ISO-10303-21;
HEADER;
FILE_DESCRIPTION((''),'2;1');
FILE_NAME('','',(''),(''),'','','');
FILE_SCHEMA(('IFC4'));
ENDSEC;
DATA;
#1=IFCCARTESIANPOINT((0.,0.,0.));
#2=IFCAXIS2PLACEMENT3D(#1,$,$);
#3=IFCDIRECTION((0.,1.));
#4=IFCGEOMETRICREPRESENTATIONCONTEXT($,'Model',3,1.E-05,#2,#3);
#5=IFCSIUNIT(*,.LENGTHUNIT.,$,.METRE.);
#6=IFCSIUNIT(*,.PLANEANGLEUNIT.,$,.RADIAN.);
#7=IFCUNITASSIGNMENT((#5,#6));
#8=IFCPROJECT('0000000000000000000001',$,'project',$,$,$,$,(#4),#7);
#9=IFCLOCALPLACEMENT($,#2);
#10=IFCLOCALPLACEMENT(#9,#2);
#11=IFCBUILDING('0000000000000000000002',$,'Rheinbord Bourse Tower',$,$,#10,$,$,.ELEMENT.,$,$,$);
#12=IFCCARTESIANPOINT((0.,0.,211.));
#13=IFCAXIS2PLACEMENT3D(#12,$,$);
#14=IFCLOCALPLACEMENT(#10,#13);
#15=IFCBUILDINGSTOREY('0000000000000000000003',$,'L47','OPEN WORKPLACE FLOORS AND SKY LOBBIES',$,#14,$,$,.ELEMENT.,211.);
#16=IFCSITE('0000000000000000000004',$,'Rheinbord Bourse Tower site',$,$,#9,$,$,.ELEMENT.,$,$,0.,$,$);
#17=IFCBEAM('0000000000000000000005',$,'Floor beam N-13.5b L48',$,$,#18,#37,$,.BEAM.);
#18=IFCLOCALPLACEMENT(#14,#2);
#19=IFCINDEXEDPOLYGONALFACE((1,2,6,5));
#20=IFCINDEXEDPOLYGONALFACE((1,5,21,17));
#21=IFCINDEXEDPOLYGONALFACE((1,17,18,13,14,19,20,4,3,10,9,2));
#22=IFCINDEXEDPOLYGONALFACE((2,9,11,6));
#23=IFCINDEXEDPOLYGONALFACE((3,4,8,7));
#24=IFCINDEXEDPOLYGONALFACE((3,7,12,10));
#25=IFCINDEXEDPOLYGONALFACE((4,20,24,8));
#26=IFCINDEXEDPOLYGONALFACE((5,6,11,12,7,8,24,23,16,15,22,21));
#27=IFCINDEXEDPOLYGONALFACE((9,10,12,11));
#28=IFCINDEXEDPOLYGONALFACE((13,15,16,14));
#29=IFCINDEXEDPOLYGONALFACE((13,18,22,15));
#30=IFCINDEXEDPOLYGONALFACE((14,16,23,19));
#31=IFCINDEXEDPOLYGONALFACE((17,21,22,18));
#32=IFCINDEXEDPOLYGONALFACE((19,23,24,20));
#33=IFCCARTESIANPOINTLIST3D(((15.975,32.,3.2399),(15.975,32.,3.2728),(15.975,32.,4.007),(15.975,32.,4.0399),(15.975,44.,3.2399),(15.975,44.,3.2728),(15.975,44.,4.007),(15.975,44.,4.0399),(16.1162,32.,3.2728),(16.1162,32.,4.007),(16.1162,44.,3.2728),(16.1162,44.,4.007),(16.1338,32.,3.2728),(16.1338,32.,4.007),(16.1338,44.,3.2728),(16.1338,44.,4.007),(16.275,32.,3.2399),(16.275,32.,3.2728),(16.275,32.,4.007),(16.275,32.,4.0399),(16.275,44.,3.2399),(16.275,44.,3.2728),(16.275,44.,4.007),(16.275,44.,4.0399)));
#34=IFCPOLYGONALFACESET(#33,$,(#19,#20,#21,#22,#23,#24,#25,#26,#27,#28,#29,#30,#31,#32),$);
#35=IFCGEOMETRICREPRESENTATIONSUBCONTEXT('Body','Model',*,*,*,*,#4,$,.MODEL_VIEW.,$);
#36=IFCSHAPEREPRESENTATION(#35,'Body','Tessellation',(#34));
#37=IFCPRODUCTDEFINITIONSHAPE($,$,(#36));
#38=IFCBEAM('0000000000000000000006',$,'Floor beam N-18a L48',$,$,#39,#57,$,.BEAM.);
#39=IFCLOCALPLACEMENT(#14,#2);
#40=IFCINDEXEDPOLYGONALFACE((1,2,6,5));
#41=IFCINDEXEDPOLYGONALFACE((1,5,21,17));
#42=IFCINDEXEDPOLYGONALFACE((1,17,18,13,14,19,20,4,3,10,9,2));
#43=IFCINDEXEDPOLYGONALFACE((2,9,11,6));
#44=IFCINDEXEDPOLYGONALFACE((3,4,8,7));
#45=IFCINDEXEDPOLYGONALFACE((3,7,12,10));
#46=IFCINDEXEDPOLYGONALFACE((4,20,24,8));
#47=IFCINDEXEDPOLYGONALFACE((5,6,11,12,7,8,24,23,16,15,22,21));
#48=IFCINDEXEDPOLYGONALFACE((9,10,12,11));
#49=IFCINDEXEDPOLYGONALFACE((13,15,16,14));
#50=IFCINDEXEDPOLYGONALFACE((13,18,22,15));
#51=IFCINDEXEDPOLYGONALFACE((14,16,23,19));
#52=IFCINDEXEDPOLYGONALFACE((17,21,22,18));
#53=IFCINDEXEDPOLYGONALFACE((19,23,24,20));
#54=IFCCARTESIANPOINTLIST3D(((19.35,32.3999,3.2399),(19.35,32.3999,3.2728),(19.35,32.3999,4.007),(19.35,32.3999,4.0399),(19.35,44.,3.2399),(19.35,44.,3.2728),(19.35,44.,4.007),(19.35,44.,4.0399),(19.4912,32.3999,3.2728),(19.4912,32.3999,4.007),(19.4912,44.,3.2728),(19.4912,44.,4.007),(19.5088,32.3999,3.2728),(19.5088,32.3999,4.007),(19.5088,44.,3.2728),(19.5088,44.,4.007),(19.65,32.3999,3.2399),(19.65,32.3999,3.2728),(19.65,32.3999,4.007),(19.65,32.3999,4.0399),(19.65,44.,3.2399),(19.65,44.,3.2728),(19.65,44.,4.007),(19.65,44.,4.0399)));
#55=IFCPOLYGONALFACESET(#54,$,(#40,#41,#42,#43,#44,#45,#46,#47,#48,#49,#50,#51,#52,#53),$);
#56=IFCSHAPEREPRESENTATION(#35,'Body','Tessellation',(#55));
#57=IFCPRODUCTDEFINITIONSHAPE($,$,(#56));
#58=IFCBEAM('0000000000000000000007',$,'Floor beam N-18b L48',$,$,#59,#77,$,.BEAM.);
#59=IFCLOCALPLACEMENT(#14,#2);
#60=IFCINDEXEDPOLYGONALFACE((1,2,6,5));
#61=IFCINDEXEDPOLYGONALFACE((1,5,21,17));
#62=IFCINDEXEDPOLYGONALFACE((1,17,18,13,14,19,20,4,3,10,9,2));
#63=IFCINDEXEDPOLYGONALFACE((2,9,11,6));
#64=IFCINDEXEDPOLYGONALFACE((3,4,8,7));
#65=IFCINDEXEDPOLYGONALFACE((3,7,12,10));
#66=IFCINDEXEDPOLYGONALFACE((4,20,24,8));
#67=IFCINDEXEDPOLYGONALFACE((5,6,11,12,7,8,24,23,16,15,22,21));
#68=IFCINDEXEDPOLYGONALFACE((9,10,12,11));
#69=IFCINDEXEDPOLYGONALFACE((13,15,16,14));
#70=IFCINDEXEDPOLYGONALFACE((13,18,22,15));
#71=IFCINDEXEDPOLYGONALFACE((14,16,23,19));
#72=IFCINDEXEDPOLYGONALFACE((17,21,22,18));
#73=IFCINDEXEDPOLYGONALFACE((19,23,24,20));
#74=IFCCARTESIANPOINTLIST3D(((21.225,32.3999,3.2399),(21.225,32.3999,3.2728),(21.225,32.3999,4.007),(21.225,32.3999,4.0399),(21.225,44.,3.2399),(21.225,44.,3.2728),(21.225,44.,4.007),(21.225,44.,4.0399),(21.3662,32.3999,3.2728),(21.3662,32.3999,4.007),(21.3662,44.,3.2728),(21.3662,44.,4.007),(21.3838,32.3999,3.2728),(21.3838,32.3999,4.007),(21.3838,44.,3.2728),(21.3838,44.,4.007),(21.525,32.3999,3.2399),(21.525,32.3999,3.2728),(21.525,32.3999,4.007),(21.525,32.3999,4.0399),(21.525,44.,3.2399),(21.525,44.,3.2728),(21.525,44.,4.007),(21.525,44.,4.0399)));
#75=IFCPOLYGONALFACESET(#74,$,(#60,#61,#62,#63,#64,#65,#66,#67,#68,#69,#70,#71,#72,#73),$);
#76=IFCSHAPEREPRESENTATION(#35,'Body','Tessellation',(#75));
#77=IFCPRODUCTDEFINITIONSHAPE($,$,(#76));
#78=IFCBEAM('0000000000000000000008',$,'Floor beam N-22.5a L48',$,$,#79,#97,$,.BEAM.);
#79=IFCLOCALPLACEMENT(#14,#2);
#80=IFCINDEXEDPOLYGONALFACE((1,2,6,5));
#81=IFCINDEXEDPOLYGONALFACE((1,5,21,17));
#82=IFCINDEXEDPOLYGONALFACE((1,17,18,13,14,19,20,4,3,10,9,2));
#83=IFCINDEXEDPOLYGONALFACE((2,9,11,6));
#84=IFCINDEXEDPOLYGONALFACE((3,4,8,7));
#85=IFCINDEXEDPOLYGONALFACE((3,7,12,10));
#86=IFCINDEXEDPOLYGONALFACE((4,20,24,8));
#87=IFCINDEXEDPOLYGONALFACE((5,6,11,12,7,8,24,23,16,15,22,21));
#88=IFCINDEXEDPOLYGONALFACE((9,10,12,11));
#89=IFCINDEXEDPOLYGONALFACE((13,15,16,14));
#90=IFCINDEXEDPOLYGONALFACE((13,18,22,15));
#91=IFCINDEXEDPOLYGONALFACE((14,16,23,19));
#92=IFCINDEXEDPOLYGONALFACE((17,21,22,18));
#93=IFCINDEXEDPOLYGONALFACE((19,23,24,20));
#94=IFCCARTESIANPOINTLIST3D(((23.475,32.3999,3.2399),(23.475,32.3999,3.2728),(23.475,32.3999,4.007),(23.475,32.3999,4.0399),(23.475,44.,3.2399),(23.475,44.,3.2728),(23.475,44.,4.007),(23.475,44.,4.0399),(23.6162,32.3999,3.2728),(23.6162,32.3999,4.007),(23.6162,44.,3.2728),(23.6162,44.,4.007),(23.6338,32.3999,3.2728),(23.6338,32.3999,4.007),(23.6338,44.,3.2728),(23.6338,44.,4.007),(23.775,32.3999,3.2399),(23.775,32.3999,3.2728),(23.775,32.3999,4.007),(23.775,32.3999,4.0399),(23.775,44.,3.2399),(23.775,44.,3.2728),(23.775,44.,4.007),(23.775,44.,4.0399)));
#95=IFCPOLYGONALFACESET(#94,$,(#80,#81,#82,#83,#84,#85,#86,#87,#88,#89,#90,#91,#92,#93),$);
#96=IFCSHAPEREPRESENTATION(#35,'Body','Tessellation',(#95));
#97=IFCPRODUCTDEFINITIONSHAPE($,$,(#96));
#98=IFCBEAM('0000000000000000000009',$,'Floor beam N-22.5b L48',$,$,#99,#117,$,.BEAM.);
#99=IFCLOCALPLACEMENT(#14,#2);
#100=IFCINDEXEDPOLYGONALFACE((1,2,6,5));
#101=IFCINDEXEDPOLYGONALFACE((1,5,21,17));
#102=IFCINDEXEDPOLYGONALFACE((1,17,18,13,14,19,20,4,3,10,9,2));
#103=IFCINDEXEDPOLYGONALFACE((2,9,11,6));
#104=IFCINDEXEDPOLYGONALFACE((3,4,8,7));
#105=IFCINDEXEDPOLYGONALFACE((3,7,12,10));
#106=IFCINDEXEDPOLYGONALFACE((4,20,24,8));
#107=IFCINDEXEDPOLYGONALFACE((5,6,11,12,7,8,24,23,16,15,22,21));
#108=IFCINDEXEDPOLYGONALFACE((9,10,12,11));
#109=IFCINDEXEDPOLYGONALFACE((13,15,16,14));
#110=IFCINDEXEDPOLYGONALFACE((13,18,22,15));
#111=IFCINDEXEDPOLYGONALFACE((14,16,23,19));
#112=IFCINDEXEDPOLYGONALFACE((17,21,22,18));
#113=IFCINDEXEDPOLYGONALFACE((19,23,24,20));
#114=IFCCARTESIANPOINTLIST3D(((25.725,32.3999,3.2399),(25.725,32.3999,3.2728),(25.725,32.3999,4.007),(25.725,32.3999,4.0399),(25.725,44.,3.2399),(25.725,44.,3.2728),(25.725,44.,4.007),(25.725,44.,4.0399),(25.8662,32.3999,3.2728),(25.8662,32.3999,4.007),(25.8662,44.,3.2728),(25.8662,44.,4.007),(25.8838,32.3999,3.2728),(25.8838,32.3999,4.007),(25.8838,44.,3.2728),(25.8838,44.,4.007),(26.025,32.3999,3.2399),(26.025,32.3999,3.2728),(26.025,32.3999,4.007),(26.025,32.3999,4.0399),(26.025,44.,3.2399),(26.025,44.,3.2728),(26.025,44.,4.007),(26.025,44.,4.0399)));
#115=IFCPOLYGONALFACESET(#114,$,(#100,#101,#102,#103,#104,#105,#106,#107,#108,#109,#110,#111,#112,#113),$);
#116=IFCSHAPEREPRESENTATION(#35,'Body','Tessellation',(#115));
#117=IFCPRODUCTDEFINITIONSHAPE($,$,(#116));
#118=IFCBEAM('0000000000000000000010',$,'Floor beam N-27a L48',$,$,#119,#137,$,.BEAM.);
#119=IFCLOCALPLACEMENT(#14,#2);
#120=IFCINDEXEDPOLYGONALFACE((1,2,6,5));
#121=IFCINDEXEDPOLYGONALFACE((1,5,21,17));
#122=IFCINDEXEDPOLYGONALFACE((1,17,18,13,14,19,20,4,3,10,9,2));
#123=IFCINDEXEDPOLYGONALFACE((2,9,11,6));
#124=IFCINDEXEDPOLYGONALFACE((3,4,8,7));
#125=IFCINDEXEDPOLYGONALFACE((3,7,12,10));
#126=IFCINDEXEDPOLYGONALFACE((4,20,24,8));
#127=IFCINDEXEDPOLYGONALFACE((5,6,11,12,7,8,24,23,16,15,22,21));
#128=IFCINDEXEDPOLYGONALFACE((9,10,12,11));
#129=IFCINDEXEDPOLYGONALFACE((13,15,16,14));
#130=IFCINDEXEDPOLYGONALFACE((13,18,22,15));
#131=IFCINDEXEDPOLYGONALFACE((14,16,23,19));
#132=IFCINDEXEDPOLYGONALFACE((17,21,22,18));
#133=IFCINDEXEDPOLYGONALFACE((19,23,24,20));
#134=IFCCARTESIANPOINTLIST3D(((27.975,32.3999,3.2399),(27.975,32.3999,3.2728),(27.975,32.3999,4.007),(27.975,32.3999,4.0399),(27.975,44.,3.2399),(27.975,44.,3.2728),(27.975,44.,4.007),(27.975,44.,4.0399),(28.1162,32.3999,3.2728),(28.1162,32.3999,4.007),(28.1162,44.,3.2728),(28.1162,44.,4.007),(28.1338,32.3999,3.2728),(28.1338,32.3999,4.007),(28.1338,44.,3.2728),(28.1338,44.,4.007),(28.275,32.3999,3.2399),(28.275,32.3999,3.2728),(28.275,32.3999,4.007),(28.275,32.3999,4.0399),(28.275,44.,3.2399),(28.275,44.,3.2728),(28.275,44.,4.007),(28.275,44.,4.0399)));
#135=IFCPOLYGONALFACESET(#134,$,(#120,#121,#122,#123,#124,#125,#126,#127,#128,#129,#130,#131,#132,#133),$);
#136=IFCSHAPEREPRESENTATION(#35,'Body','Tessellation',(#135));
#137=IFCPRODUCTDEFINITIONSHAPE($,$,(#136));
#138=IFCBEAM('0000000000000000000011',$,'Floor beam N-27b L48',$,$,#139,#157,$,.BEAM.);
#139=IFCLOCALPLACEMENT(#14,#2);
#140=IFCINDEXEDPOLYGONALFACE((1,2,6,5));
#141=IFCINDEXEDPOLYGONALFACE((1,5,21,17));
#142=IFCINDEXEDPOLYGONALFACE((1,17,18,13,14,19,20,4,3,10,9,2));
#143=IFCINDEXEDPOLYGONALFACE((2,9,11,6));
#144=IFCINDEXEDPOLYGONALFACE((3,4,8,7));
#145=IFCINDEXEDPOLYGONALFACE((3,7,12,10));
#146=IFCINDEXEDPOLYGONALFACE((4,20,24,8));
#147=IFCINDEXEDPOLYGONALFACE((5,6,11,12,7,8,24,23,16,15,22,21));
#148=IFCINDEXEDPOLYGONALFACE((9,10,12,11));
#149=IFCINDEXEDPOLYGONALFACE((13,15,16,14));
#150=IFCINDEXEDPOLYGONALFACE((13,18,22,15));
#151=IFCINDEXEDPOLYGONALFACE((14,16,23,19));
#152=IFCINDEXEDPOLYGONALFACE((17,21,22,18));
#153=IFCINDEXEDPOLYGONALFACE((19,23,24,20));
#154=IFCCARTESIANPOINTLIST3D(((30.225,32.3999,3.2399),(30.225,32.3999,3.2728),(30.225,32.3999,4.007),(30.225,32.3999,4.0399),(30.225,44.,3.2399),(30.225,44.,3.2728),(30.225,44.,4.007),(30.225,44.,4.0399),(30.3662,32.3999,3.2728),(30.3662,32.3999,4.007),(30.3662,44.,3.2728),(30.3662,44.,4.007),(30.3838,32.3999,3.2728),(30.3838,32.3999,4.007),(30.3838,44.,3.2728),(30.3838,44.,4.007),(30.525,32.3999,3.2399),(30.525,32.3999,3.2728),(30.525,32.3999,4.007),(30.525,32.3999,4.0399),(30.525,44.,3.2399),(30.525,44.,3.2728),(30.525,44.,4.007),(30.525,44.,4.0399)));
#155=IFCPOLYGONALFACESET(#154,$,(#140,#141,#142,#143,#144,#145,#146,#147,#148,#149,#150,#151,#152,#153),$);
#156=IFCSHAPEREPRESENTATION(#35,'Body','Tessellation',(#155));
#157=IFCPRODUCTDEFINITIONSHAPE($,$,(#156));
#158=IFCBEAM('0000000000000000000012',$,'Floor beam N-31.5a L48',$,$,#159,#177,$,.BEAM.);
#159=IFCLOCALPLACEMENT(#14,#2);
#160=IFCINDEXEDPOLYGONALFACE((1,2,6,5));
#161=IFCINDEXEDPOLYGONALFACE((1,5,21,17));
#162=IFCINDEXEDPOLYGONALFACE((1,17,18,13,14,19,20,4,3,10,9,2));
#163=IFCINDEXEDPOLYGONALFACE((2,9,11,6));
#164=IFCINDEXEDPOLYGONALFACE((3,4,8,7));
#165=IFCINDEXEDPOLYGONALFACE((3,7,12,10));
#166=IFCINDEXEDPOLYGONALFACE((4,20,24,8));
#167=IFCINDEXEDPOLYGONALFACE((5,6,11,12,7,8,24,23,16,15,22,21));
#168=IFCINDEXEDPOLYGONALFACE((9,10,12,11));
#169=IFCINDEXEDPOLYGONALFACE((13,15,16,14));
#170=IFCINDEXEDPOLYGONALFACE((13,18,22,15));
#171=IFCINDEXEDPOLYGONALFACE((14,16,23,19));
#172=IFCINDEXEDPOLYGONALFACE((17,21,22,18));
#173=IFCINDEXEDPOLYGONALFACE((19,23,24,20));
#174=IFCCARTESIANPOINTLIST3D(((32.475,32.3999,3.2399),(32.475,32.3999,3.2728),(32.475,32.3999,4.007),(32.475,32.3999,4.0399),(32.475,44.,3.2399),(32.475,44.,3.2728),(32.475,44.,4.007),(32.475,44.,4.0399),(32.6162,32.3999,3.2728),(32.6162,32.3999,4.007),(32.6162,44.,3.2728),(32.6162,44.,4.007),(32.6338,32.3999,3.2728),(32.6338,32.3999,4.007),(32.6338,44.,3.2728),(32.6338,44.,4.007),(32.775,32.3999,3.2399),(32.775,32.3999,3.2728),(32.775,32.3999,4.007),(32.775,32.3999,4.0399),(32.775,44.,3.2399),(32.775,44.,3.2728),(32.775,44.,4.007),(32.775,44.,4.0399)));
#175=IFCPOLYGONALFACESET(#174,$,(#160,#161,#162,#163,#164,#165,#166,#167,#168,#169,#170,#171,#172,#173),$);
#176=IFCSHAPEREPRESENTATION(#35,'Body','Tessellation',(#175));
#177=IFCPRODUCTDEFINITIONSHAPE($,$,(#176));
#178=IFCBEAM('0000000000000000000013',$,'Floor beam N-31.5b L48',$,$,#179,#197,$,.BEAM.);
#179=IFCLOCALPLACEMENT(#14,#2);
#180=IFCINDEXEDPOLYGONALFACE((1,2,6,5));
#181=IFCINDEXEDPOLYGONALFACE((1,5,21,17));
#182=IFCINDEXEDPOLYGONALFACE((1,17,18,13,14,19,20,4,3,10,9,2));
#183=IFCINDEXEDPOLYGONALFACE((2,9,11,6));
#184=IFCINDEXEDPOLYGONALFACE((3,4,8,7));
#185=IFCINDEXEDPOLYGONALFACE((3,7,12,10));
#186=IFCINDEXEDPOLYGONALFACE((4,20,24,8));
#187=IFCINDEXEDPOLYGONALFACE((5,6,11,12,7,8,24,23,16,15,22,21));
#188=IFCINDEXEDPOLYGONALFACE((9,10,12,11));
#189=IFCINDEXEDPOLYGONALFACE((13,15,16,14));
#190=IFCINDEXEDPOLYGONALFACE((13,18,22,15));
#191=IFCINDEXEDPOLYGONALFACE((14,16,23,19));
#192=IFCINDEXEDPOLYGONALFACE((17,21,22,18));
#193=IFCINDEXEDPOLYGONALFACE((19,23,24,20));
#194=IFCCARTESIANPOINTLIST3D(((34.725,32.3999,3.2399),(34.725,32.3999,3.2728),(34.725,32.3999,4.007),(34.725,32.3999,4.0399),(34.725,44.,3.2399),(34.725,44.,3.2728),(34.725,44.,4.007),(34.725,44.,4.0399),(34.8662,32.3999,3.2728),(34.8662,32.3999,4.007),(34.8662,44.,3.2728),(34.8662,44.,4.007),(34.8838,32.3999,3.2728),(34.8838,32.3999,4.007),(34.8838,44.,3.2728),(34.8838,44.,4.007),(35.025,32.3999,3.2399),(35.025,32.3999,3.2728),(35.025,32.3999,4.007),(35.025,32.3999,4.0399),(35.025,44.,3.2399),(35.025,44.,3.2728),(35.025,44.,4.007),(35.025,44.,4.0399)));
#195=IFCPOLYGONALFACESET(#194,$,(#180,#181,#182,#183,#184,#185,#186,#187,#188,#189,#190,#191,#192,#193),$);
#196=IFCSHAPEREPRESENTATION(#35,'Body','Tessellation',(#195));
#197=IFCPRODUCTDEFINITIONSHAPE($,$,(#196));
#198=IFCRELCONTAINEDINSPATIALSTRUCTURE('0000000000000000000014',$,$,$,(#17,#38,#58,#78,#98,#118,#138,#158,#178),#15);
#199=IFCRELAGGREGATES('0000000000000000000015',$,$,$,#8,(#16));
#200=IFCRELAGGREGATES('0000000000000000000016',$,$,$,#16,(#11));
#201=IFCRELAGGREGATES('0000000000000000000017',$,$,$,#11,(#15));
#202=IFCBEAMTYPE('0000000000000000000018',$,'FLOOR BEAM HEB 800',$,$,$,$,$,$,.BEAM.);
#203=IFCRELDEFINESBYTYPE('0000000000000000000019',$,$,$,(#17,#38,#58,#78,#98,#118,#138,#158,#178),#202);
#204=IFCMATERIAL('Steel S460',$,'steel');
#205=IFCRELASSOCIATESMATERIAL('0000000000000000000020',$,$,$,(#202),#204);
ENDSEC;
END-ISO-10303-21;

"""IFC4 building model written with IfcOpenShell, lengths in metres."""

from ifc_helpers import new_model, si_unit, direction, frame, origin, origin_2d, place, context, subcontext, project, spatial, i_section, extrude, material, material_profile, profile_set, type_object, element, save


model = new_model("IFC4")

# Units and contexts
model_context = context("Model", 3, precision=1e-05, world=origin(), true_north=direction((0.0, 1.0)))
body_context = subcontext(model_context, "Body", "Model", "MODEL_VIEW")
ifc_project = project(units=[si_unit("LENGTHUNIT", "METRE"), si_unit("PLANEANGLEUNIT", "RADIAN")], contexts=[model_context])

# Site, building, storey
site_placement = place(None, origin())
site = spatial("IfcSite", under=ifc_project, at=site_placement, Name="Rheinbord Bourse Tower site", CompositionType="ELEMENT", RefElevation=0.0)
building_placement = place(site_placement, origin())
building = spatial("IfcBuilding", under=site, at=building_placement, Name="Rheinbord Bourse Tower", CompositionType="ELEMENT")
storey_placement = place(building_placement, frame((0.0, 0.0, 211.0)))
storey = spatial("IfcBuildingStorey", under=building, at=storey_placement, Name="L47", Description="OPEN WORKPLACE FLOORS AND SKY LOBBIES", CompositionType="ELEMENT", Elevation=211.0)

# Beams
ifc_material_1 = material(Name="Steel S460", Category="steel")
ifc_material_profile_1 = material_profile(ifc_material_1, i_section(OverallWidth=0.3, OverallDepth=0.8, WebThickness=0.0176, FlangeThickness=0.033, at=origin_2d()), Name="HEB 800")
ifc_profile_set_1 = profile_set([ifc_material_profile_1], Name="Steel S460")
beam_type_1 = type_object("IfcBeamType", Name="FLOOR BEAM HEB 800", PredefinedType="BEAM", material=ifc_profile_set_1)
beam_placement = place(storey_placement, frame((16.125, 44.0, 3.6399), z_axis=(0.0, -1.0, 0.0), x_axis=(1.0, 0.0, 0.0)))
element("IfcBeam", 1, at=beam_placement, inside=storey, type_object=beam_type_1, Name="Floor beam N-13.5b L48", PredefinedType="BEAM", context=body_context, shape_type="SweptSolid", body=[
    extrude(i_section(OverallWidth=0.3, OverallDepth=0.8, WebThickness=0.0176, FlangeThickness=0.033, at=origin_2d()), origin(), (0.0, 0.0, 1.0), 12.0),
])
for number, where, z_axis, x_axis, name in (
    (2, (19.5, 44.0, 3.6399), (0.0, -1.0, 0.0), (1.0, 0.0, 0.0), "Floor beam N-18a L48"),
    (3, (21.375, 44.0, 3.6399), (0.0, -1.0, 0.0), (1.0, 0.0, 0.0), "Floor beam N-18b L48"),
    (4, (23.625, 44.0, 3.6399), (0.0, -1.0, 0.0), (1.0, 0.0, 0.0), "Floor beam N-22.5a L48"),
    (5, (25.875, 44.0, 3.6399), (0.0, -1.0, 0.0), (1.0, 0.0, 0.0), "Floor beam N-22.5b L48"),
    (6, (28.125, 44.0, 3.6399), (0.0, -1.0, 0.0), (1.0, 0.0, 0.0), "Floor beam N-27a L48"),
    (7, (30.375, 44.0, 3.6399), (0.0, -1.0, 0.0), (1.0, 0.0, 0.0), "Floor beam N-27b L48"),
    (8, (32.625, 44.0, 3.6399), (0.0, -1.0, 0.0), (1.0, 0.0, 0.0), "Floor beam N-31.5a L48"),
    (9, (34.875, 44.0, 3.6399), (0.0, -1.0, 0.0), (1.0, 0.0, 0.0), "Floor beam N-31.5b L48"),
):
    element("IfcBeam", number, at=place(storey_placement, frame(where, z_axis=z_axis, x_axis=x_axis)), inside=storey, type_object=beam_type_1, Name=name, PredefinedType="BEAM", context=body_context, shape_type="SweptSolid", body=[
        extrude(i_section(OverallWidth=0.3, OverallDepth=0.8, WebThickness=0.0176, FlangeThickness=0.033, at=origin_2d()), origin(), (0.0, 0.0, 1.0), 11.6001),
    ])

save(model, "model.ifc")
